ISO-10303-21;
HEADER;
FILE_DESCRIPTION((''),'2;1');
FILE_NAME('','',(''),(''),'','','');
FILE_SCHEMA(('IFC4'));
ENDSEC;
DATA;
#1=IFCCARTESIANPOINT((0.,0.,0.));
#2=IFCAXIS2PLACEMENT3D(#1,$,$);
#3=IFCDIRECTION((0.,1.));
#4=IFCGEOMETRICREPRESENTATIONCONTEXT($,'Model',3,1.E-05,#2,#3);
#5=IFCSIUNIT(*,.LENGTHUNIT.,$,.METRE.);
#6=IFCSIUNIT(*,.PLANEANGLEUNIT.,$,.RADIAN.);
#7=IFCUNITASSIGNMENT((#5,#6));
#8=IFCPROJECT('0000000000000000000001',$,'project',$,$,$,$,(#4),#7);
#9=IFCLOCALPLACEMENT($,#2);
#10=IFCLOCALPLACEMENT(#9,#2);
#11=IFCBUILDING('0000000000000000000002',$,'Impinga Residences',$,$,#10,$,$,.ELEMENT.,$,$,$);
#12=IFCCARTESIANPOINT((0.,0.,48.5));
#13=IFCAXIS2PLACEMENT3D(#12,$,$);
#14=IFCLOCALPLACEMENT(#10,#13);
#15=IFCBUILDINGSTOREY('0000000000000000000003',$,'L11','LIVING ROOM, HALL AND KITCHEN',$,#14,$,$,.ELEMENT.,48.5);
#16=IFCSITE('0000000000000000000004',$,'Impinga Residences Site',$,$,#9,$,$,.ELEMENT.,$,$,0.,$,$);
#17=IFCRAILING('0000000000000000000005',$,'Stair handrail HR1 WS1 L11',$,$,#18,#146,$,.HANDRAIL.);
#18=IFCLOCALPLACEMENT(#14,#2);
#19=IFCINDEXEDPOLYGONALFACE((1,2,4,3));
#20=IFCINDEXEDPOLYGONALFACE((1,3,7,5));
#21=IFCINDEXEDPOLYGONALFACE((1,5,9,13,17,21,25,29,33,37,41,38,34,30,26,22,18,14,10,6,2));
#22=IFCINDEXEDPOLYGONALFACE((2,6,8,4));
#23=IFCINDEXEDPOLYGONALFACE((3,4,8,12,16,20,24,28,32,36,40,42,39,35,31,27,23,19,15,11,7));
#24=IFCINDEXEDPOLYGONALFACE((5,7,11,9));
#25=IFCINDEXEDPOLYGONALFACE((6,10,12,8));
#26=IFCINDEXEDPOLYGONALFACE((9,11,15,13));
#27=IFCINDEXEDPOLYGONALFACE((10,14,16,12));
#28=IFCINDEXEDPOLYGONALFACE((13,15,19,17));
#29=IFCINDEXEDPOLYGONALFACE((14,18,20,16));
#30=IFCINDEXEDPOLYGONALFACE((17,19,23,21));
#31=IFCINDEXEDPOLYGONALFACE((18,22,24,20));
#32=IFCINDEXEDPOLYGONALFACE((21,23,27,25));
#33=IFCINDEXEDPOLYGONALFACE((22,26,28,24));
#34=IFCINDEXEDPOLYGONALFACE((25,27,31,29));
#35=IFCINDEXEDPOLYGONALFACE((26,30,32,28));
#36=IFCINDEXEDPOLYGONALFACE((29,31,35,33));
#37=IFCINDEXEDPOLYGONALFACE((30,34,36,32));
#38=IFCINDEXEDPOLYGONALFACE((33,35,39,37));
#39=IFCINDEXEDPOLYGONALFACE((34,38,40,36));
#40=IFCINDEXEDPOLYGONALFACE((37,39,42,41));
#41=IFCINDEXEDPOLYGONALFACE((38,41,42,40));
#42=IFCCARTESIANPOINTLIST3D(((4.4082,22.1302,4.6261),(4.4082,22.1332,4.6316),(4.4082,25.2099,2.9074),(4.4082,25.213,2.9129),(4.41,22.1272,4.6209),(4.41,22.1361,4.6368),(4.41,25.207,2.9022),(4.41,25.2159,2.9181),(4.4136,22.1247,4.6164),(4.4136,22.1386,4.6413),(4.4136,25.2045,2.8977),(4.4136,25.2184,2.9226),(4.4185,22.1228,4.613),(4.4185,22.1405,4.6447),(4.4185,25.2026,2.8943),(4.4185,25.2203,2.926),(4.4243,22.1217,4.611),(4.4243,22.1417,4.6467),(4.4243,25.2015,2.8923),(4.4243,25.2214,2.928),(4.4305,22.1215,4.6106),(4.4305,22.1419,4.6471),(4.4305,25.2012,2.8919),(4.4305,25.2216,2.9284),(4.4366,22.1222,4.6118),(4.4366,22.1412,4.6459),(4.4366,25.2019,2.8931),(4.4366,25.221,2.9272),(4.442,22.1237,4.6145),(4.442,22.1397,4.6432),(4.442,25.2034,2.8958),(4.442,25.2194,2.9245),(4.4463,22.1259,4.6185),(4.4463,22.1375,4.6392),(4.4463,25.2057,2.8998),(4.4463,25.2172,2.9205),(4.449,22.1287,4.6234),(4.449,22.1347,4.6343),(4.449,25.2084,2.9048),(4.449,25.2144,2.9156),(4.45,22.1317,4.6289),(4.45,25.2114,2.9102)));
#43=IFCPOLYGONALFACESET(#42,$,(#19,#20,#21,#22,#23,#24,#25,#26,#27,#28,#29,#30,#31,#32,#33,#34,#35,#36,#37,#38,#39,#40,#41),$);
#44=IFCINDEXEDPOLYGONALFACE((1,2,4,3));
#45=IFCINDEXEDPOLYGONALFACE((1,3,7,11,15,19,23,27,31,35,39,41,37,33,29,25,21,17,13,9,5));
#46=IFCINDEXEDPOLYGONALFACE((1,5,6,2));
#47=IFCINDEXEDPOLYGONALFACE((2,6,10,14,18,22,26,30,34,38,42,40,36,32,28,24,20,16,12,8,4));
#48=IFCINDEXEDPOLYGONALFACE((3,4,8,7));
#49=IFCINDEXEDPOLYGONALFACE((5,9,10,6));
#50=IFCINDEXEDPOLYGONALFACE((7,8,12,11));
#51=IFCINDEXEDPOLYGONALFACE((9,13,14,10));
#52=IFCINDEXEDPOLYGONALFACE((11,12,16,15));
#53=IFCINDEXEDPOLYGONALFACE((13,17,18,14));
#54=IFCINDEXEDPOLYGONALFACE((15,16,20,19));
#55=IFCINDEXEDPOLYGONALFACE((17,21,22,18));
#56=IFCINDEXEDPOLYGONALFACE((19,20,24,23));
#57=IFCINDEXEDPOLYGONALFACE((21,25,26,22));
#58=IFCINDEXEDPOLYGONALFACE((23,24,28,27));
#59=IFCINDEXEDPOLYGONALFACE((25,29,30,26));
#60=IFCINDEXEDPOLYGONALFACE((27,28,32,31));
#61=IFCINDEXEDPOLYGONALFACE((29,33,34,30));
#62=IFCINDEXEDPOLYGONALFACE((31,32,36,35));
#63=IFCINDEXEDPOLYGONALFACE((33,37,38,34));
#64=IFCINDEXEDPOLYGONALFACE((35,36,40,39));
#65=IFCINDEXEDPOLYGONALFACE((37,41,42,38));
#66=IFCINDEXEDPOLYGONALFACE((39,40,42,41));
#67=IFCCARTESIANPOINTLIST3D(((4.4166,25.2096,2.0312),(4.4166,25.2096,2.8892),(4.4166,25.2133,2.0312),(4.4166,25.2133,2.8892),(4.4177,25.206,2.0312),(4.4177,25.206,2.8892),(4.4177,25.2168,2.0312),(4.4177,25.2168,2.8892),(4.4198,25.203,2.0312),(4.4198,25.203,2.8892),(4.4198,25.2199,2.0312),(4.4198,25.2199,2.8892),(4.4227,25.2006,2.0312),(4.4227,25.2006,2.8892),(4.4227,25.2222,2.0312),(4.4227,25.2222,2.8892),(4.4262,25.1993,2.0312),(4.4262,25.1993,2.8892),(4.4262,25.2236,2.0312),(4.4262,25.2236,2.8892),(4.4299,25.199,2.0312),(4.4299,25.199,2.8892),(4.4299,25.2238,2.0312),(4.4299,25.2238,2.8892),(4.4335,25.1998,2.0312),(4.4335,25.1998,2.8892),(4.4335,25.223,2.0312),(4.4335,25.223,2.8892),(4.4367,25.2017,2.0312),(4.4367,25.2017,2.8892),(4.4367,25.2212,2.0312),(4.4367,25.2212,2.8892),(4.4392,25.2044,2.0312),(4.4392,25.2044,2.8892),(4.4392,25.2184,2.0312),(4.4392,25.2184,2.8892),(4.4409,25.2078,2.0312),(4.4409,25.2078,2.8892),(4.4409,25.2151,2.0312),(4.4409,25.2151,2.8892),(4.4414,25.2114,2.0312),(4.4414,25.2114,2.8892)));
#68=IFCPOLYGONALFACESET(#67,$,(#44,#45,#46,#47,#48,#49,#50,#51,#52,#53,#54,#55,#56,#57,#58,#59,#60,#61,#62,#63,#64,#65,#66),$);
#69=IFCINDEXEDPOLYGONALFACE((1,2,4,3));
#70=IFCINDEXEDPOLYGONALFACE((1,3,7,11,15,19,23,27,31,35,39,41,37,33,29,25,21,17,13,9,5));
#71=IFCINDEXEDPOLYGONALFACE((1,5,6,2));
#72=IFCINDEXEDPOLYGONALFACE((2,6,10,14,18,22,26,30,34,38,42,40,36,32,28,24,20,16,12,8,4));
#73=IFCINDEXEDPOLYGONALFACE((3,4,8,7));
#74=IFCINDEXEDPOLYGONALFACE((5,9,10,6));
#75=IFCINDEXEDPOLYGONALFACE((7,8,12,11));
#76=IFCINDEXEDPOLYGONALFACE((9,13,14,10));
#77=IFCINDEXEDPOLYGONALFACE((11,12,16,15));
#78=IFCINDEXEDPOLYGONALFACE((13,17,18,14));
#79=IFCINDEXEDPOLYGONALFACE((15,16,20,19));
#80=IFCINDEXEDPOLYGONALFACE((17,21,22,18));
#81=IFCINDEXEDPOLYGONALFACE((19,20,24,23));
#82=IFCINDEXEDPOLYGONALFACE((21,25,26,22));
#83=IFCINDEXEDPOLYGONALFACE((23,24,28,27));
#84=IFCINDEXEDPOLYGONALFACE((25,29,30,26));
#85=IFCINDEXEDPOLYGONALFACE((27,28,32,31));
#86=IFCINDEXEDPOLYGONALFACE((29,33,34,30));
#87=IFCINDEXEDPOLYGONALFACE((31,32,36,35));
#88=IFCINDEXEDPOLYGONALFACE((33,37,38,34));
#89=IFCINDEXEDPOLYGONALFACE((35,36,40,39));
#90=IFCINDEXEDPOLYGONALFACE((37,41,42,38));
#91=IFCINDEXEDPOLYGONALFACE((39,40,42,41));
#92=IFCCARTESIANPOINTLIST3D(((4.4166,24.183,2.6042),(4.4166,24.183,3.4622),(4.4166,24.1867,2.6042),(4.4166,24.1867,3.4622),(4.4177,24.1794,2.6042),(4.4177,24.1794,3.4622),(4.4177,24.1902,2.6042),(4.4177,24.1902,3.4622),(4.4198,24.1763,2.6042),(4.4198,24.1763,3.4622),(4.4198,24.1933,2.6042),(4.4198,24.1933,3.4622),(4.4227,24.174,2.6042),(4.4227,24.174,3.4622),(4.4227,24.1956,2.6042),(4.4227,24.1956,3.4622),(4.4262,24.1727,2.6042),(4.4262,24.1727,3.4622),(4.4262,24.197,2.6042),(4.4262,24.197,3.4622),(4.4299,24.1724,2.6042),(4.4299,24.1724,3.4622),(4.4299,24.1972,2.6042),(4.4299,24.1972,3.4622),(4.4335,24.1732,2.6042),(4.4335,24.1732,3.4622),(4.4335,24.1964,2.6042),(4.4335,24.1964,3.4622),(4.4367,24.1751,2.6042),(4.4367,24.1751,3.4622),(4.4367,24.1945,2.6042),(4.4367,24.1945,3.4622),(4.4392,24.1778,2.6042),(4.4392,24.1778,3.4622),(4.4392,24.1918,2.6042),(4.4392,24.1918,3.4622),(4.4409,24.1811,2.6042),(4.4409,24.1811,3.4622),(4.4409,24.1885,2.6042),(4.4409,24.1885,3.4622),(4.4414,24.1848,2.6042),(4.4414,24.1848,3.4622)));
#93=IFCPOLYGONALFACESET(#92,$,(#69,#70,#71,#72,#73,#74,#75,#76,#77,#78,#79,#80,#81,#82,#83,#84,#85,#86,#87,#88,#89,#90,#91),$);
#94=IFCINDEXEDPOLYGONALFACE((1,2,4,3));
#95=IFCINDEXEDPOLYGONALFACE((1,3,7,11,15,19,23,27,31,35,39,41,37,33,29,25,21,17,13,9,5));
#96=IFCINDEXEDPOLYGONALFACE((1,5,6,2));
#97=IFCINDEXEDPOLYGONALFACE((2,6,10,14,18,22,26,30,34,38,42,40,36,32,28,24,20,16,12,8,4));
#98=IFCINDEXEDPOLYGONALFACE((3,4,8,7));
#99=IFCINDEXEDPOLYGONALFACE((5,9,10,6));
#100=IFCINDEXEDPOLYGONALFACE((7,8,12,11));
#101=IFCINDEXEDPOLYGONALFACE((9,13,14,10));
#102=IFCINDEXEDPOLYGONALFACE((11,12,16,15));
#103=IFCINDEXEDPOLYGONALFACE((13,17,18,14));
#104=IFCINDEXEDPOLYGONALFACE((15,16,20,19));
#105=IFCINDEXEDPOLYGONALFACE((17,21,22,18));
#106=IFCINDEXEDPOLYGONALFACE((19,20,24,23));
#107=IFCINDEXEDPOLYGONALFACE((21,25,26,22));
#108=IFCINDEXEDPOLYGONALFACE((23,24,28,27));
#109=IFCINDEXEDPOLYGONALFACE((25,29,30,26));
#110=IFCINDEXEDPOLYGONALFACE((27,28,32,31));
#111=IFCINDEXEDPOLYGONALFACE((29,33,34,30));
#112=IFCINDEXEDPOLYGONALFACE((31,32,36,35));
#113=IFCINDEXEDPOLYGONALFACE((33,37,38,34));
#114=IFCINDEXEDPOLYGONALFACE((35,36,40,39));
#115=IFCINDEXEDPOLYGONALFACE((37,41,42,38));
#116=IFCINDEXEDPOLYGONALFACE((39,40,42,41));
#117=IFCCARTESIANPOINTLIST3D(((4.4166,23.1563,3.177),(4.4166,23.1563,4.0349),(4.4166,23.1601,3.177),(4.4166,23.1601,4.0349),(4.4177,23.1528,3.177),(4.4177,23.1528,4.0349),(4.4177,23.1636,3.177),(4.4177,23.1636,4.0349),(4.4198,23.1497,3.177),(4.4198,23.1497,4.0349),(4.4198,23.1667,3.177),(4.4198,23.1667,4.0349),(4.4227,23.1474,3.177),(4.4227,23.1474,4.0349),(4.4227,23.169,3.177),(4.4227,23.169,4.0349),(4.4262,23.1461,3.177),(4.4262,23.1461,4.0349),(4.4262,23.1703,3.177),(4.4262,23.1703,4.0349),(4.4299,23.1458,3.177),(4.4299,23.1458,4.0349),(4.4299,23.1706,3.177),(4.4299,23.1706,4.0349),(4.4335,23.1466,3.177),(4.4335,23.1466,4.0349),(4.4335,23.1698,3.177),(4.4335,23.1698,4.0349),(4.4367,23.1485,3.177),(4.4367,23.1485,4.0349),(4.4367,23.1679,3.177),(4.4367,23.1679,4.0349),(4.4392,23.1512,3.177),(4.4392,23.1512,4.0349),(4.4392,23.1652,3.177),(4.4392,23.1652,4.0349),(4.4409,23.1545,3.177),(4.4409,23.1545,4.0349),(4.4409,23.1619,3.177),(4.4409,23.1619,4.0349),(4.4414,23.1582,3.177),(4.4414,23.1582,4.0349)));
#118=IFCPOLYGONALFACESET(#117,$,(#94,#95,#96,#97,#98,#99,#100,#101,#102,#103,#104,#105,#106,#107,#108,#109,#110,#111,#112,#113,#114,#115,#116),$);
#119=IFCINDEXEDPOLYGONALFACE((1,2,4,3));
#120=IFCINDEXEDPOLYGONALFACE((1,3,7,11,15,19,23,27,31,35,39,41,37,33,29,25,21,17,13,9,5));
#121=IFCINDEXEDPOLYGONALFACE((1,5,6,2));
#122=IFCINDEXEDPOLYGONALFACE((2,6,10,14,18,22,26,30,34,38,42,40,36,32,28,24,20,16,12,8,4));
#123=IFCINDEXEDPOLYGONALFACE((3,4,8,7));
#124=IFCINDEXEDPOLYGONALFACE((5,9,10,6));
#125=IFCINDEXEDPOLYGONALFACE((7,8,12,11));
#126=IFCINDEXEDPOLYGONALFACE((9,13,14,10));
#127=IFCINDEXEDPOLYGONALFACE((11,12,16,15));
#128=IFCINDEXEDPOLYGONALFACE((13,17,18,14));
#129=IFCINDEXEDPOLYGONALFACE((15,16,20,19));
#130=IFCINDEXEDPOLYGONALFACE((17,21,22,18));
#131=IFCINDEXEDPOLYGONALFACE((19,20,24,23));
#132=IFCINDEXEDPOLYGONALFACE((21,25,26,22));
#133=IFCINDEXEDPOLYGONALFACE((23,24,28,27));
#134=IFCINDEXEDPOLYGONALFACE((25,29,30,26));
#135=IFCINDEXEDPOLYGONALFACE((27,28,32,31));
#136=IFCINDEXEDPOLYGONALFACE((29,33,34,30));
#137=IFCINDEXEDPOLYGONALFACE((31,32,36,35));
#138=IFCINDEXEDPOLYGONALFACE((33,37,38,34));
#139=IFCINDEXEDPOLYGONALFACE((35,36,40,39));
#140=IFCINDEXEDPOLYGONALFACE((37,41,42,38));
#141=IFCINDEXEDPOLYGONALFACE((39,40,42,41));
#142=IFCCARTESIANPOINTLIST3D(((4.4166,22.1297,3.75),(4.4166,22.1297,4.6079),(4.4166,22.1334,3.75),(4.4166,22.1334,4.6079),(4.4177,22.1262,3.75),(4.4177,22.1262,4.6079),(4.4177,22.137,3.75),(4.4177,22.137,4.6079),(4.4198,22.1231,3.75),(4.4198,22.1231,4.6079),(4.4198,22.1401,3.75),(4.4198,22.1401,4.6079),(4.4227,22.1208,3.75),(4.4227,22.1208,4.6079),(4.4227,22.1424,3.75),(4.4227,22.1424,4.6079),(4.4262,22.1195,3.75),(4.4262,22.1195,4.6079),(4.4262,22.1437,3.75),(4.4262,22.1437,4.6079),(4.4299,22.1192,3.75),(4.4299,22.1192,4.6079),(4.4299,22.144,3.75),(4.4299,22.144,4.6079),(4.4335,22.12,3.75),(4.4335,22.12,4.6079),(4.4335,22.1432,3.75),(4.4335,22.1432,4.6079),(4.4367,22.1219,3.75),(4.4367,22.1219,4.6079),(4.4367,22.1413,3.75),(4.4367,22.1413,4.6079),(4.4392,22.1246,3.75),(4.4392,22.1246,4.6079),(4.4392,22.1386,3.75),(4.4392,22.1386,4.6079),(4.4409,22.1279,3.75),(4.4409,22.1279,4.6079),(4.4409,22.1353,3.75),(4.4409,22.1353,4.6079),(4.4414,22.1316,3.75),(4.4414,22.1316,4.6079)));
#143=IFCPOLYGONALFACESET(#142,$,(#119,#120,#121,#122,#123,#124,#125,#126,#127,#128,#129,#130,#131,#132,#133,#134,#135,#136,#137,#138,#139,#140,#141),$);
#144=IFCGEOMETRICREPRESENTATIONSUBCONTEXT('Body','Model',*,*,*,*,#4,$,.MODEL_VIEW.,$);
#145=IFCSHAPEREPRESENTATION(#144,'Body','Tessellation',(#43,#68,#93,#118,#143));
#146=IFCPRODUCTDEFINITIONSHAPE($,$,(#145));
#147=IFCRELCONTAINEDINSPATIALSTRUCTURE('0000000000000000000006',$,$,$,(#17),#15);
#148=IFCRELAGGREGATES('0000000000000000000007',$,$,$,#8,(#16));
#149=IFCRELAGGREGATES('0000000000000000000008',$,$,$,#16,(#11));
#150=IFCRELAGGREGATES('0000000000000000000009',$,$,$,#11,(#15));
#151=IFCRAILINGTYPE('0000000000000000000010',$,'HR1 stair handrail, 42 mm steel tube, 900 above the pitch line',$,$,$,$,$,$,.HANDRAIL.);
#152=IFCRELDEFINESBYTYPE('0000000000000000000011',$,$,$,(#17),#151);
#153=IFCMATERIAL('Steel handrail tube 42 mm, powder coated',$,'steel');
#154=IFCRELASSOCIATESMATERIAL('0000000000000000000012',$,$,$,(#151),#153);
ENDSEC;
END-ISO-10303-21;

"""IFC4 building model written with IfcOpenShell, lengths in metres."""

from ifc_helpers import new_model, si_unit, direction, frame, origin, origin_2d, place, context, subcontext, project, spatial, circle, extrude, material, type_object, element, save


model = new_model("IFC4")

# Units and contexts
model_context = context("Model", 3, precision=1e-05, world=origin(), true_north=direction((0.0, 1.0)))
body_context = subcontext(model_context, "Body", "Model", "MODEL_VIEW")
ifc_project = project(units=[si_unit("LENGTHUNIT", "METRE"), si_unit("PLANEANGLEUNIT", "RADIAN")], contexts=[model_context])

# Site, building, storey
site_placement = place(None, origin())
site = spatial("IfcSite", under=ifc_project, at=site_placement, Name="Impinga Residences Site", CompositionType="ELEMENT", RefElevation=0.0)
building_placement = place(site_placement, origin())
building = spatial("IfcBuilding", under=site, at=building_placement, Name="Impinga Residences", CompositionType="ELEMENT")
storey_placement = place(building_placement, frame((0.0, 0.0, 48.5)))
storey = spatial("IfcBuildingStorey", under=building, at=storey_placement, Name="L11", Description="LIVING ROOM, HALL AND KITCHEN", CompositionType="ELEMENT", Elevation=48.5)

# Railing
ifc_material_1 = material(Name="Steel handrail tube 42 mm, powder coated", Category="steel")
railing_type_1 = type_object("IfcRailingType", Name="HR1 stair handrail, 42 mm steel tube, 900 above the pitch line", PredefinedType="HANDRAIL", material=ifc_material_1)
railing_1_placement = place(storey_placement, frame((4.429, 25.2114, 2.0312)))
element("IfcRailing", 1, at=railing_1_placement, inside=storey, type_object=railing_type_1, Name="Stair handrail HR1 WS1 L11", PredefinedType="HANDRAIL", context=body_context, shape_type="SweptSolid", body=[
    extrude(circle(Radius=0.021, at=origin_2d()), frame((0.0, 0.0, 0.8789), z_axis=(0.0, -0.873225, 0.487317), x_axis=(1.0, 0.0, 0.0)), (0.0, 0.0, 1.0), 3.5269),
    extrude(circle(Radius=0.0125, at=origin_2d()), origin(), (0.0, 0.0, 1.0), 0.8579),
    extrude(circle(Radius=0.0125, at=origin_2d()), frame((0.0, -1.0266, 0.573)), (0.0, 0.0, 1.0), 0.8579),
    extrude(circle(Radius=0.0125, at=origin_2d()), frame((0.0, -2.0532, 1.1458)), (0.0, 0.0, 1.0), 0.8579),
    extrude(circle(Radius=0.0125, at=origin_2d()), frame((0.0, -3.0798, 1.7188)), (0.0, 0.0, 1.0), 0.8579),
])

save(model, "model.ifc")
